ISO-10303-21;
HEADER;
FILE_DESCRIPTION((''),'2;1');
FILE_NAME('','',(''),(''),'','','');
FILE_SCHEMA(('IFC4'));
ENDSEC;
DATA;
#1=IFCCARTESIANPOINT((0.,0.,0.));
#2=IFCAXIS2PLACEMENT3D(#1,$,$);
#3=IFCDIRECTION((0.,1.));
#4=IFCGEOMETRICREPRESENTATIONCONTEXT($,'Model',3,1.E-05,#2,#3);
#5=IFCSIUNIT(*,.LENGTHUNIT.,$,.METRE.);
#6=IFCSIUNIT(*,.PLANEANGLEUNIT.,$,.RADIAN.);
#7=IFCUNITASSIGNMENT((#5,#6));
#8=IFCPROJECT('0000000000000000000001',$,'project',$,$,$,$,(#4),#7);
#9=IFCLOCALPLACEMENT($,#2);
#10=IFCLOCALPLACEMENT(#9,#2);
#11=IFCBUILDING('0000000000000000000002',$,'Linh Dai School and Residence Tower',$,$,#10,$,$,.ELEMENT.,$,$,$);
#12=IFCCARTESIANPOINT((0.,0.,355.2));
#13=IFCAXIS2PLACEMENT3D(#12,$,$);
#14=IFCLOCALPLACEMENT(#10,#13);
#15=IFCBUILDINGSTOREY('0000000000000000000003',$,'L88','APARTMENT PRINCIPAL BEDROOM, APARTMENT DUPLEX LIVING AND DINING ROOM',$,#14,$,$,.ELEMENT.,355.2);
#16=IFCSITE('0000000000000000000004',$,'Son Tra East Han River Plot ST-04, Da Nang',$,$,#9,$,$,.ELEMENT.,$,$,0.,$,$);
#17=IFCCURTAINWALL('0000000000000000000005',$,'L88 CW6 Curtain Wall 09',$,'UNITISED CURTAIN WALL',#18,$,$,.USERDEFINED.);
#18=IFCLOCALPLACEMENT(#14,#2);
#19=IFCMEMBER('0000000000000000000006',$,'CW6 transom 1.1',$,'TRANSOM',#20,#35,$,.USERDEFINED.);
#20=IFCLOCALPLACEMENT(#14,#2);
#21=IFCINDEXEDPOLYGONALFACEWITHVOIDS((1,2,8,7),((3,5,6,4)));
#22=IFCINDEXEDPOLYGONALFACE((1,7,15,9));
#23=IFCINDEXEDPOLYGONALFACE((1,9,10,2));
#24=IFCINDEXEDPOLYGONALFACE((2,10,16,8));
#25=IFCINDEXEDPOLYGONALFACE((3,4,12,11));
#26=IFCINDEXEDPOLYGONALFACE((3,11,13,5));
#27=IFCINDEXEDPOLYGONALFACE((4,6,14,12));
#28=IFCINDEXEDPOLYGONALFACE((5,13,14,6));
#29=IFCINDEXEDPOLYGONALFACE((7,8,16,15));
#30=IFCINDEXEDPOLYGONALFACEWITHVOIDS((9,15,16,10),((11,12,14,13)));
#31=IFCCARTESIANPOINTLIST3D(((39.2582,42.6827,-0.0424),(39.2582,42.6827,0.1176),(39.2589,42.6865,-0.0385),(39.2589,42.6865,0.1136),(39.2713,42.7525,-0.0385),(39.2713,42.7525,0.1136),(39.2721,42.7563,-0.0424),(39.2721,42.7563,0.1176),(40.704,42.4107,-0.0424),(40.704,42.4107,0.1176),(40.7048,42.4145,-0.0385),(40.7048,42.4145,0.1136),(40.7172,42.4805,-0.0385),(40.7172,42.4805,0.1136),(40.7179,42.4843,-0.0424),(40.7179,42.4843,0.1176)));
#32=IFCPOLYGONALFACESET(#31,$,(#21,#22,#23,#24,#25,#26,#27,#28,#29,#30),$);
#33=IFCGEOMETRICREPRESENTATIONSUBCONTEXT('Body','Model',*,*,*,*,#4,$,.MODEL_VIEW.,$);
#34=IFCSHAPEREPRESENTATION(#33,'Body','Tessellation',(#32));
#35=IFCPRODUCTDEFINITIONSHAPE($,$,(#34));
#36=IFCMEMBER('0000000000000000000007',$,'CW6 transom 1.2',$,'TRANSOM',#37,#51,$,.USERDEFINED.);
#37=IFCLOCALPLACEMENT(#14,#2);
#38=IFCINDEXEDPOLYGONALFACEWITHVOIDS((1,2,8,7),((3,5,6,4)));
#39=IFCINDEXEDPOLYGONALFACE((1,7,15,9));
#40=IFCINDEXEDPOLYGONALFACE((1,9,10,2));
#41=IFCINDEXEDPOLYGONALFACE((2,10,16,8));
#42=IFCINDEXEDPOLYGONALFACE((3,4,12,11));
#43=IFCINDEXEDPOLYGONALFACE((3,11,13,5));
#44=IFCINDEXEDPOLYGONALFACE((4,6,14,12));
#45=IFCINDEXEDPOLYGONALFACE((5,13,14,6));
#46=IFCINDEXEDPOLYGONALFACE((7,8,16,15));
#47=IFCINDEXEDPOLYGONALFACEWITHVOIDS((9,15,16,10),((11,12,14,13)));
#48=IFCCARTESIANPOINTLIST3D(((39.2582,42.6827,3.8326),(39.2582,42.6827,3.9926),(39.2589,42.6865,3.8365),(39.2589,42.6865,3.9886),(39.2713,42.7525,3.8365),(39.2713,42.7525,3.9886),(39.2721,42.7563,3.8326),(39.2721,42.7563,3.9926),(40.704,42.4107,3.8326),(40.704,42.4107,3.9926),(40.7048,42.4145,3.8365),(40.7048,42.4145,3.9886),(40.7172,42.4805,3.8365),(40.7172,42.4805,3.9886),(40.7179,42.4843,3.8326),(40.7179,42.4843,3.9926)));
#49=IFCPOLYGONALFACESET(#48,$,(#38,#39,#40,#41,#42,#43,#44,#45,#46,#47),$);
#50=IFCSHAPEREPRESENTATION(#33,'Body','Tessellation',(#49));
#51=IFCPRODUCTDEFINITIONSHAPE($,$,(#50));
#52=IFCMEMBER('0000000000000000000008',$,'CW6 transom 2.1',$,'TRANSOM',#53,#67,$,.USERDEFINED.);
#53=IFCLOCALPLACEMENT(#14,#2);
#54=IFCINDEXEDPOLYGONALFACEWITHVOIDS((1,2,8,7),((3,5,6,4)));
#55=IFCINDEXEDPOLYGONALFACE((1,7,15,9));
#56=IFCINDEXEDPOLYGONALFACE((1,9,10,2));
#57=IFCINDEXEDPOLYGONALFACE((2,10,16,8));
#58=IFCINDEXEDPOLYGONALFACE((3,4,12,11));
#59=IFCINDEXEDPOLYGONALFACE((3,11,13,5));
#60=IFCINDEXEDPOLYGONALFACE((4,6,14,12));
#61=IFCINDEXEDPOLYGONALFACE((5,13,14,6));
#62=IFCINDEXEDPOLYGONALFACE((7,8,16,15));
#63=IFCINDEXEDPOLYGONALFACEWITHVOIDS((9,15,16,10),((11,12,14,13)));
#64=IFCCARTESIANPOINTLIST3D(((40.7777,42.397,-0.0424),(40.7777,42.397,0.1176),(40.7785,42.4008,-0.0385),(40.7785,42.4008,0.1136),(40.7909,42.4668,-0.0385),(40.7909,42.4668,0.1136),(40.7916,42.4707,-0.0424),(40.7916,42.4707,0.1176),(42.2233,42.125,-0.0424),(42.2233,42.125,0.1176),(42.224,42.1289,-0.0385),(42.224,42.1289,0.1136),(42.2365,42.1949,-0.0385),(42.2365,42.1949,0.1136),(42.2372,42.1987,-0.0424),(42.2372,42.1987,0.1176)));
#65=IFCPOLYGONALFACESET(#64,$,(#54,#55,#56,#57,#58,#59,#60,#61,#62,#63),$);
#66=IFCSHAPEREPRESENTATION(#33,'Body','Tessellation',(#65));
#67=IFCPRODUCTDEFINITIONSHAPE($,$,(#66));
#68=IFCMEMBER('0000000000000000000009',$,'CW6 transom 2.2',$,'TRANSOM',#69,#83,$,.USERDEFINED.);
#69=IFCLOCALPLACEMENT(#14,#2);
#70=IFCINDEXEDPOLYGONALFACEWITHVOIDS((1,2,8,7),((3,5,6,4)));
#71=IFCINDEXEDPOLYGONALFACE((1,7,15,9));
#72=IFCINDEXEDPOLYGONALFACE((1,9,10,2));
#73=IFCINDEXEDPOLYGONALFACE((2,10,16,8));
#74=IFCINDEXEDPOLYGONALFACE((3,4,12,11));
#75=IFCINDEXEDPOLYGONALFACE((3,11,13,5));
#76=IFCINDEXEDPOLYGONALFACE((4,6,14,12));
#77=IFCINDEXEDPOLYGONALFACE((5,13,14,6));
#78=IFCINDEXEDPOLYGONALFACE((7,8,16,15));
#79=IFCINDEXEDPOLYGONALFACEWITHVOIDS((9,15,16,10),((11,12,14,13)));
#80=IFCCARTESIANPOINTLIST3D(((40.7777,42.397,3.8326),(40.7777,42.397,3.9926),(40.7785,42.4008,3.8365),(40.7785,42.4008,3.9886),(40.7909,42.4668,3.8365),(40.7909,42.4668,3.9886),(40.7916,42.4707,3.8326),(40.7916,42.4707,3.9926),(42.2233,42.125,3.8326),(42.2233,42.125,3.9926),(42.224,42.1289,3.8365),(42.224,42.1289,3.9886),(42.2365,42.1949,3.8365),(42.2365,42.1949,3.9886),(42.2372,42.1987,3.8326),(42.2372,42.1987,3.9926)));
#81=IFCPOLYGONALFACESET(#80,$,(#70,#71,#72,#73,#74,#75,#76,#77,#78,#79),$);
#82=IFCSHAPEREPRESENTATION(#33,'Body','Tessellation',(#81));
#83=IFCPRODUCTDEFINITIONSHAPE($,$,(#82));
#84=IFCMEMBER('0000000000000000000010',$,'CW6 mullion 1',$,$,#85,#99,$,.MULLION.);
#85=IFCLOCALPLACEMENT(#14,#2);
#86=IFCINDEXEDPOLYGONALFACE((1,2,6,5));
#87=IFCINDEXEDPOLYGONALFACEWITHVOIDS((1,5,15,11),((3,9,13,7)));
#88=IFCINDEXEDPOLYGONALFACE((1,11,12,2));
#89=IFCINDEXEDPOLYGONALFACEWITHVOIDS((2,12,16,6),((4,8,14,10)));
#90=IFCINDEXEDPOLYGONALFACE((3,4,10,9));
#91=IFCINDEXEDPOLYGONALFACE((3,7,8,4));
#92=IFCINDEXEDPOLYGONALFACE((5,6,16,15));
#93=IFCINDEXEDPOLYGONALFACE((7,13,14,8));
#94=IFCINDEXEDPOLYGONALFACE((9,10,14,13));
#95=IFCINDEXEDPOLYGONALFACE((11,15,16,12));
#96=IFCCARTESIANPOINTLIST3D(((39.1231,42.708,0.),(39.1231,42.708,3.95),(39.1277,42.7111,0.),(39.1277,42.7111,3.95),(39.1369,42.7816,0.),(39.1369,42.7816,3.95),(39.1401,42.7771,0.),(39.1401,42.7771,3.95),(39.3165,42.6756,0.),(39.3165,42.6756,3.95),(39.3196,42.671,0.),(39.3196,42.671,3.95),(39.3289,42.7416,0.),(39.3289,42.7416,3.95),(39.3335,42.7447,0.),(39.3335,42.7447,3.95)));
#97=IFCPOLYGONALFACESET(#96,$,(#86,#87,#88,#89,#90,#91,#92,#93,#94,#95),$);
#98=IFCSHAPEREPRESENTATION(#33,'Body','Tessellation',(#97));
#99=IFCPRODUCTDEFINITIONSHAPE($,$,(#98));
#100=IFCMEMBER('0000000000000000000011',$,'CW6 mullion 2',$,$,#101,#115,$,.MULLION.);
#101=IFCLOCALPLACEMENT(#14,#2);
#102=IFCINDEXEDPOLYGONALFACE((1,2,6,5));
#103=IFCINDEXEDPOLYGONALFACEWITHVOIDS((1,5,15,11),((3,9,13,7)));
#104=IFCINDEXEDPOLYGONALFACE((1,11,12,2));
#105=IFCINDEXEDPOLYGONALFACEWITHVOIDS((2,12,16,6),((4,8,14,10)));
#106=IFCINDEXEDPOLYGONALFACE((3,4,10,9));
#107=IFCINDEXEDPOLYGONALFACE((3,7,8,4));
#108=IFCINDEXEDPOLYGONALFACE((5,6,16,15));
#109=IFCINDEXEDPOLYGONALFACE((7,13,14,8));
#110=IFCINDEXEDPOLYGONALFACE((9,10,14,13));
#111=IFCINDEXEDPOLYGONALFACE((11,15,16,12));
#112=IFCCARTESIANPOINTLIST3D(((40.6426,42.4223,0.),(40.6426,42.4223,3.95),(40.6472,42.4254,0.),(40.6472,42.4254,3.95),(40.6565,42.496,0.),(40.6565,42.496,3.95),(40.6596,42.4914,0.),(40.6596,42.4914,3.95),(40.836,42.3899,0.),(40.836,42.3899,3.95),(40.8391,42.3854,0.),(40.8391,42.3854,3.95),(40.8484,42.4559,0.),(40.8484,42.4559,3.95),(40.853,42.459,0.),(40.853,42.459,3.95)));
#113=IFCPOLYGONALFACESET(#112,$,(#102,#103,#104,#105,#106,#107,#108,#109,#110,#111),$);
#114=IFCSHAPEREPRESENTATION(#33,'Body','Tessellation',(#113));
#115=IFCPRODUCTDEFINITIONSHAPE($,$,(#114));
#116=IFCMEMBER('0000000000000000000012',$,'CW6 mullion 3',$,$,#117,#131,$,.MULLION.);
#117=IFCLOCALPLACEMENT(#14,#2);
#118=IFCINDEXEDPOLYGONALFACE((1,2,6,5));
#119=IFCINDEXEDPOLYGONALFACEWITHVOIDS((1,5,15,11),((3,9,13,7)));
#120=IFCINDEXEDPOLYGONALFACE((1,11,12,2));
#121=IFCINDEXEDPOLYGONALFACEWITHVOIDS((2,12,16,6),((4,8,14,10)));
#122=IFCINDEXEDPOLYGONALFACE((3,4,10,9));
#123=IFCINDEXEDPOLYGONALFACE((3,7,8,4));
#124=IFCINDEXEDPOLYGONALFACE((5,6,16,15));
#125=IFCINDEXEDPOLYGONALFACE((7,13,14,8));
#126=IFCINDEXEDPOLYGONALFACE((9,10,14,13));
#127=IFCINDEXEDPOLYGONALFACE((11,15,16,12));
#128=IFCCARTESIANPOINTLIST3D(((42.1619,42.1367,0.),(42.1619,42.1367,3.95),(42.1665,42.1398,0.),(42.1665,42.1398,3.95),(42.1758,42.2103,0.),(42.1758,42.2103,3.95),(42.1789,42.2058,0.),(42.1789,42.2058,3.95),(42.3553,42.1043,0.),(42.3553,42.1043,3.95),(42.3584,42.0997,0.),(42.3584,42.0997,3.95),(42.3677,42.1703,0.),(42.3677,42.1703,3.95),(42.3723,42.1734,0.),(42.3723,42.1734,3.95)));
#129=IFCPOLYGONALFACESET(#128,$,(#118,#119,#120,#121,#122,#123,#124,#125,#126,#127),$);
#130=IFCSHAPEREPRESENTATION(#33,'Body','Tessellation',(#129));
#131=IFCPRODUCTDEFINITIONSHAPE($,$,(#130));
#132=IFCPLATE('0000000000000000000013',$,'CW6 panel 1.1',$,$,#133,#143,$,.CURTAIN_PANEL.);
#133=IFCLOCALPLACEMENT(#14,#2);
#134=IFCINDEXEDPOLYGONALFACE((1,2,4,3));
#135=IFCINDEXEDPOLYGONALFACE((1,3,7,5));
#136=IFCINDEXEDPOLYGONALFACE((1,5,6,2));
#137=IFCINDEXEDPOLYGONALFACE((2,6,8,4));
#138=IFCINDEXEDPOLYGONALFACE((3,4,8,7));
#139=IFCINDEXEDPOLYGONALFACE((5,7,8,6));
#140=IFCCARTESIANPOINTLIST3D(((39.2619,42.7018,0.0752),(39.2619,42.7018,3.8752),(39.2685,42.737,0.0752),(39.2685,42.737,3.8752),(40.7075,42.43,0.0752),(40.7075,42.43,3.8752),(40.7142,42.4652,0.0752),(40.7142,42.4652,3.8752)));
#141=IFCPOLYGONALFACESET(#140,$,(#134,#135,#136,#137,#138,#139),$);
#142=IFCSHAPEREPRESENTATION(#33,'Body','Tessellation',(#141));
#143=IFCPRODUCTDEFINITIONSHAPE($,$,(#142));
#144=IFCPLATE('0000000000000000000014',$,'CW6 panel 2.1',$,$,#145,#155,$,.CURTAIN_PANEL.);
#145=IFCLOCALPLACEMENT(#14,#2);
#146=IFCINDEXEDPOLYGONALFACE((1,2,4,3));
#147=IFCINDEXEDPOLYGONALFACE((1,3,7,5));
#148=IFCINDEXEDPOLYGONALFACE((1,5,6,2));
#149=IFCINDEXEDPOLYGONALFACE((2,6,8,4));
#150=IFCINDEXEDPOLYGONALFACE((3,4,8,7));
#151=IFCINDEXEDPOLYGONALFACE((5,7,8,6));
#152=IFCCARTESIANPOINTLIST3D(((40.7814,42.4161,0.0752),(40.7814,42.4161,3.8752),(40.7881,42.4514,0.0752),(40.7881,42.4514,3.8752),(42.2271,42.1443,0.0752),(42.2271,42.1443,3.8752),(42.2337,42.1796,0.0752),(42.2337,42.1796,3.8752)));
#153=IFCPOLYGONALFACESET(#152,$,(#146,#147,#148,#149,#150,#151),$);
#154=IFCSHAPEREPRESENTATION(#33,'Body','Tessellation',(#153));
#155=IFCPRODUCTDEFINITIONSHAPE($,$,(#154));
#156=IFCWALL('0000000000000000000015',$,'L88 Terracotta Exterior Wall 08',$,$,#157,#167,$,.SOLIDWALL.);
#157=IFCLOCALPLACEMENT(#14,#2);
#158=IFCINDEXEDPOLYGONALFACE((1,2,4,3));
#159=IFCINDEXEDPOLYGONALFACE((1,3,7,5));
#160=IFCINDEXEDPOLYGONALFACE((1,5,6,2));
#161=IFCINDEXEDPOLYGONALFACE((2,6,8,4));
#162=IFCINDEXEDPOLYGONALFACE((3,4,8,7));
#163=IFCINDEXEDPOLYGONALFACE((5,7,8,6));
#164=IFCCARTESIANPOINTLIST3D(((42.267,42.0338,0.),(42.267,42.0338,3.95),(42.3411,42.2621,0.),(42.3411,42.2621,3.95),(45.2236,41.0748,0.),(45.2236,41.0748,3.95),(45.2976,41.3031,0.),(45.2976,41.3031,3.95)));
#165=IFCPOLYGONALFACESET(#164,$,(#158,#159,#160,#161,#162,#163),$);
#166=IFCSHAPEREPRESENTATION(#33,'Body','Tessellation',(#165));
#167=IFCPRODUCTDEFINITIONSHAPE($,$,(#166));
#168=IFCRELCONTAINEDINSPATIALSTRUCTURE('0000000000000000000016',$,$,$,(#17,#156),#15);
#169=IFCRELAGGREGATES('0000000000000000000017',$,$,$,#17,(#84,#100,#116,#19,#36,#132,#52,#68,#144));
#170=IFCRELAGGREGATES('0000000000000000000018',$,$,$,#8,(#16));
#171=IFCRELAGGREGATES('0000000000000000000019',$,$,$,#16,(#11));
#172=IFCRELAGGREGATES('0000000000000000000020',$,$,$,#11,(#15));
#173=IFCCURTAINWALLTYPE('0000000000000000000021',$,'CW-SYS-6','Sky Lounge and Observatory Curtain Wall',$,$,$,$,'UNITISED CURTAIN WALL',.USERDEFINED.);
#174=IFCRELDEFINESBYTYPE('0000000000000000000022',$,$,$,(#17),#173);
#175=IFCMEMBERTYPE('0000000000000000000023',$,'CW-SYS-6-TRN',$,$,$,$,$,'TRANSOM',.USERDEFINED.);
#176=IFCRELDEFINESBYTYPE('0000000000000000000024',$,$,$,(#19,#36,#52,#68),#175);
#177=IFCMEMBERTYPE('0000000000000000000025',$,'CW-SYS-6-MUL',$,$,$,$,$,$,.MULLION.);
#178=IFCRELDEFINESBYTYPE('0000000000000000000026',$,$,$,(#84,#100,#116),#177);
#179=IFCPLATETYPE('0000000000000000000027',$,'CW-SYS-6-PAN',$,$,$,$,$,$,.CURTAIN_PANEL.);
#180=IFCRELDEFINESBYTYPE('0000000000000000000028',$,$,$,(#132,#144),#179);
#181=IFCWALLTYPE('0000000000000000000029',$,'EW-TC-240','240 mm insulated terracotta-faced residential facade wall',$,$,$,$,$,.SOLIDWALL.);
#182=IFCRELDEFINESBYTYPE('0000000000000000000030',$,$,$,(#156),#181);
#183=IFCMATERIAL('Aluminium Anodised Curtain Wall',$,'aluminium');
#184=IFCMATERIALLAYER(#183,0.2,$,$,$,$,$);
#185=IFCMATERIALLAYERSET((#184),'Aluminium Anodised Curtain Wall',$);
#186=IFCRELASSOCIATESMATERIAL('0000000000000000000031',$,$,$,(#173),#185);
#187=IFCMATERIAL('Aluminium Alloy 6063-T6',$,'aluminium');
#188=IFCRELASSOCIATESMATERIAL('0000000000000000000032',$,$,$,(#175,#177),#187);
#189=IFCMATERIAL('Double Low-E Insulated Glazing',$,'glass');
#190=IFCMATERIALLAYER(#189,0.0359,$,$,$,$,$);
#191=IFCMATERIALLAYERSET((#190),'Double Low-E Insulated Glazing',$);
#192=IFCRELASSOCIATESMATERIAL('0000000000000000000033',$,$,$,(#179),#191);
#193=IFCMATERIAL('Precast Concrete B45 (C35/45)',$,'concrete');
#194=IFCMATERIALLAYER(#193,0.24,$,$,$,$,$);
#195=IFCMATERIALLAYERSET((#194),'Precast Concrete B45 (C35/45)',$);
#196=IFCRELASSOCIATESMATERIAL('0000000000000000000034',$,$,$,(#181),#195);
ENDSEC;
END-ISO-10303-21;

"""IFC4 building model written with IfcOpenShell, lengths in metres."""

from ifc_helpers import new_model, si_unit, direction, frame, frame_2d, origin, origin_2d, place, context, subcontext, project, spatial, rectangle, hollow_rectangle, extrude, source, transform, mapped, material, layer, layer_set, material_profile, profile_set, type_object, element, aggregate, save


model = new_model("IFC4")

# Units and contexts
model_context = context("Model", 3, precision=1e-05, world=origin(), true_north=direction((0.0, 1.0)))
body_context = subcontext(model_context, "Body", "Model", "MODEL_VIEW")
ifc_project = project(units=[si_unit("LENGTHUNIT", "METRE"), si_unit("PLANEANGLEUNIT", "RADIAN")], contexts=[model_context])

# Site, building, storey
site_placement = place(None, origin())
site = spatial("IfcSite", under=ifc_project, at=site_placement, Name="Son Tra East Han River Plot ST-04, Da Nang", CompositionType="ELEMENT", RefElevation=0.0)
building_placement = place(site_placement, origin())
building = spatial("IfcBuilding", under=site, at=building_placement, Name="Linh Dai School and Residence Tower", CompositionType="ELEMENT")
storey_placement = place(building_placement, frame((0.0, 0.0, 355.2)))
storey = spatial("IfcBuildingStorey", under=building, at=storey_placement, Name="L88", Description="APARTMENT PRINCIPAL BEDROOM, APARTMENT DUPLEX LIVING AND DINING ROOM", CompositionType="ELEMENT", Elevation=355.2)

# Curtain wall, members, plates
ifc_material_1 = material(Name="Aluminium Anodised Curtain Wall", Category="aluminium")
ifc_layer_1 = layer(ifc_material_1, 0.2)
ifc_layer_set_1 = layer_set([ifc_layer_1], Name="Aluminium Anodised Curtain Wall")
curtain_wall_type = type_object("IfcCurtainWallType", Name="CW-SYS-6", Description="Sky Lounge and Observatory Curtain Wall", ElementType="UNITISED CURTAIN WALL", PredefinedType="USERDEFINED", material=ifc_layer_set_1)
curtain_wall_placement = place(storey_placement, origin())
curtain_wall = element("IfcCurtainWall", 1, at=curtain_wall_placement, inside=storey, type_object=curtain_wall_type, Name="L88 CW6 Curtain Wall 09", ObjectType="UNITISED CURTAIN WALL", PredefinedType="USERDEFINED")
ifc_material_2 = material(Name="Aluminium Alloy 6063-T6", Category="aluminium")
ifc_material_profile_1 = material_profile(ifc_material_2, hollow_rectangle(XDim=0.075, YDim=0.1599, WallThickness=0.0039, at=origin_2d()), Name="RHS 160x75x4")
ifc_profile_set_1 = profile_set([ifc_material_profile_1], Name="Aluminium Alloy 6063-T6")
member_type_1 = type_object("IfcMemberType", Name="CW-SYS-6-TRN", ElementType="TRANSOM", PredefinedType="USERDEFINED", material=ifc_profile_set_1)
shared_shape_1 = source(origin(), body_context, "Body", "SweptSolid", [
    extrude(hollow_rectangle(XDim=0.075, YDim=0.1599, WallThickness=0.0039, at=origin_2d()), origin(), (0.0, 0.0, 1.0), 1.4712),
])
member_1_placement = place(storey_placement, frame((39.2651, 42.7195, 0.0376), z_axis=(0.982763, -0.18487, 0.0), x_axis=(0.18487, 0.982763, 0.0)))
member_1 = element("IfcMember", 2, at=member_1_placement, type_object=member_type_1, Name="CW6 transom 1.1", ObjectType="TRANSOM", PredefinedType="USERDEFINED", context=body_context, shape_type="MappedRepresentation", body=[
    mapped(shared_shape_1, transform((0.0, 0.0, 0.0), x_axis=(1.0, 0.0, 0.0), y_axis=(0.0, 1.0, 0.0), z_axis=(0.0, 0.0, 1.0), scale=1.0)),
])
member_2_placement = place(storey_placement, frame((39.2651, 42.7195, 3.9126), z_axis=(0.982763, -0.18487, 0.0), x_axis=(0.18487, 0.982763, 0.0)))
member_2 = element("IfcMember", 3, at=member_2_placement, type_object=member_type_1, Name="CW6 transom 1.2", ObjectType="TRANSOM", PredefinedType="USERDEFINED", context=body_context, shape_type="MappedRepresentation", body=[
    mapped(shared_shape_1, transform((0.0, 0.0, 0.0), x_axis=(1.0, 0.0, 0.0), y_axis=(0.0, 1.0, 0.0), z_axis=(0.0, 0.0, 1.0), scale=1.0)),
])
shared_shape_2 = source(origin(), body_context, "Body", "SweptSolid", [
    extrude(hollow_rectangle(XDim=0.075, YDim=0.1599, WallThickness=0.0039, at=origin_2d()), origin(), (0.0, 0.0, 1.0), 1.4709),
])
member_3_placement = place(storey_placement, frame((40.7847, 42.4338, 0.0376), z_axis=(0.982757, -0.1849, 0.0), x_axis=(0.1849, 0.982757, 0.0)))
member_3 = element("IfcMember", 4, at=member_3_placement, type_object=member_type_1, Name="CW6 transom 2.1", ObjectType="TRANSOM", PredefinedType="USERDEFINED", context=body_context, shape_type="MappedRepresentation", body=[
    mapped(shared_shape_2, transform((0.0, 0.0, 0.0), x_axis=(1.0, 0.0, 0.0), y_axis=(0.0, 1.0, 0.0), z_axis=(0.0, 0.0, 1.0), scale=1.0)),
])
member_4_placement = place(storey_placement, frame((40.7847, 42.4338, 3.9126), z_axis=(0.982757, -0.1849, 0.0), x_axis=(0.1849, 0.982757, 0.0)))
member_4 = element("IfcMember", 5, at=member_4_placement, type_object=member_type_1, Name="CW6 transom 2.2", ObjectType="TRANSOM", PredefinedType="USERDEFINED", context=body_context, shape_type="MappedRepresentation", body=[
    mapped(shared_shape_2, transform((0.0, 0.0, 0.0), x_axis=(1.0, 0.0, 0.0), y_axis=(0.0, 1.0, 0.0), z_axis=(0.0, 0.0, 1.0), scale=1.0)),
])
ifc_material_profile_2 = material_profile(ifc_material_2, hollow_rectangle(XDim=0.075, YDim=0.2, WallThickness=0.0039, at=origin_2d()), Name="RHS 200x75x4")
ifc_profile_set_2 = profile_set([ifc_material_profile_2], Name="Aluminium Alloy 6063-T6")
member_type_2 = type_object("IfcMemberType", Name="CW-SYS-6-MUL", PredefinedType="MULLION", material=ifc_profile_set_2)
shared_shape_3 = source(origin(), body_context, "Body", "SweptSolid", [
    extrude(hollow_rectangle(XDim=0.075, YDim=0.2, WallThickness=0.0039, at=origin_2d()), origin(), (0.0, 0.0, 1.0), 3.95),
])
member_5_placement = place(storey_placement, frame((39.2283, 42.7263, 0.0), z_axis=(0.0, 0.0, 1.0), x_axis=(0.184785, 0.982779, 0.0)))
member_5 = element("IfcMember", 6, at=member_5_placement, type_object=member_type_2, Name="CW6 mullion 1", PredefinedType="MULLION", context=body_context, shape_type="MappedRepresentation", body=[
    mapped(shared_shape_3, transform((0.0, 0.0, 0.0), x_axis=(1.0, 0.0, 0.0), y_axis=(0.0, 1.0, 0.0), z_axis=(0.0, 0.0, 1.0), scale=1.0)),
])
member_6_placement = place(storey_placement, frame((40.7478, 42.4407, 0.0), z_axis=(0.0, 0.0, 1.0), x_axis=(0.184785, 0.982779, 0.0)))
member_6 = element("IfcMember", 7, at=member_6_placement, type_object=member_type_2, Name="CW6 mullion 2", PredefinedType="MULLION", context=body_context, shape_type="MappedRepresentation", body=[
    mapped(shared_shape_3, transform((0.0, 0.0, 0.0), x_axis=(1.0, 0.0, 0.0), y_axis=(0.0, 1.0, 0.0), z_axis=(0.0, 0.0, 1.0), scale=1.0)),
])
member_7_placement = place(storey_placement, frame((42.2671, 42.155, 0.0), z_axis=(0.0, 0.0, 1.0), x_axis=(0.184785, 0.982779, 0.0)))
member_7 = element("IfcMember", 8, at=member_7_placement, type_object=member_type_2, Name="CW6 mullion 3", PredefinedType="MULLION", context=body_context, shape_type="MappedRepresentation", body=[
    mapped(shared_shape_3, transform((0.0, 0.0, 0.0), x_axis=(1.0, 0.0, 0.0), y_axis=(0.0, 1.0, 0.0), z_axis=(0.0, 0.0, 1.0), scale=1.0)),
])
ifc_material_3 = material(Name="Double Low-E Insulated Glazing", Category="glass")
ifc_layer_2 = layer(ifc_material_3, 0.0359)
ifc_layer_set_2 = layer_set([ifc_layer_2], Name="Double Low-E Insulated Glazing")
plate_type = type_object("IfcPlateType", Name="CW-SYS-6-PAN", PredefinedType="CURTAIN_PANEL", material=ifc_layer_set_2)
shared_shape_4 = source(origin(), body_context, "Body", "SweptSolid", [
    extrude(rectangle(XDim=1.4709, YDim=0.0359, at=origin_2d()), origin(), (0.0, 0.0, 1.0), 3.8),
])
plate_1_placement = place(storey_placement, frame((39.988, 42.5835, 0.0752), z_axis=(0.0, 0.0, 1.0), x_axis=(0.982779, -0.184785, 0.0)))
plate_1 = element("IfcPlate", 9, at=plate_1_placement, type_object=plate_type, Name="CW6 panel 1.1", PredefinedType="CURTAIN_PANEL", context=body_context, shape_type="MappedRepresentation", body=[
    mapped(shared_shape_4, transform((0.0, 0.0, 0.0), x_axis=(1.0, 0.0, 0.0), y_axis=(0.0, 1.0, 0.0), z_axis=(0.0, 0.0, 1.0), scale=1.0)),
])
plate_2_placement = place(storey_placement, frame((41.5076, 42.2979, 0.0752), z_axis=(0.0, 0.0, 1.0), x_axis=(0.982779, -0.184785, 0.0)))
plate_2 = element("IfcPlate", 10, at=plate_2_placement, type_object=plate_type, Name="CW6 panel 2.1", PredefinedType="CURTAIN_PANEL", context=body_context, shape_type="MappedRepresentation", body=[
    mapped(shared_shape_4, transform((0.0, 0.0, 0.0), x_axis=(1.0, 0.0, 0.0), y_axis=(0.0, 1.0, 0.0), z_axis=(0.0, 0.0, 1.0), scale=1.0)),
])
aggregate(curtain_wall, [member_5, member_6, member_7, member_1, member_2, plate_1, member_3, member_4, plate_2])

# Wall
ifc_material_4 = material(Name="Precast Concrete B45 (C35/45)", Category="concrete")
ifc_layer_3 = layer(ifc_material_4, 0.24)
ifc_layer_set_3 = layer_set([ifc_layer_3], Name="Precast Concrete B45 (C35/45)")
wall_type_1 = type_object("IfcWallType", Name="EW-TC-240", Description="240 mm insulated terracotta-faced residential facade wall", PredefinedType="SOLIDWALL", material=ifc_layer_set_3)
wall_1_placement = place(storey_placement, frame((42.304, 42.1479, 0.0), z_axis=(0.0, 0.0, 1.0), x_axis=(0.951213, -0.308535, 0.0)))
element("IfcWall", 11, at=wall_1_placement, inside=storey, type_object=wall_type_1, Name="L88 Terracotta Exterior Wall 08", PredefinedType="SOLIDWALL", context=body_context, shape_type="SweptSolid", body=[
    extrude(rectangle(XDim=3.1082, YDim=0.24, at=frame_2d((1.5542, 0.0))), origin(), (0.0, 0.0, 1.0), 3.95),
])

save(model, "model.ifc")
